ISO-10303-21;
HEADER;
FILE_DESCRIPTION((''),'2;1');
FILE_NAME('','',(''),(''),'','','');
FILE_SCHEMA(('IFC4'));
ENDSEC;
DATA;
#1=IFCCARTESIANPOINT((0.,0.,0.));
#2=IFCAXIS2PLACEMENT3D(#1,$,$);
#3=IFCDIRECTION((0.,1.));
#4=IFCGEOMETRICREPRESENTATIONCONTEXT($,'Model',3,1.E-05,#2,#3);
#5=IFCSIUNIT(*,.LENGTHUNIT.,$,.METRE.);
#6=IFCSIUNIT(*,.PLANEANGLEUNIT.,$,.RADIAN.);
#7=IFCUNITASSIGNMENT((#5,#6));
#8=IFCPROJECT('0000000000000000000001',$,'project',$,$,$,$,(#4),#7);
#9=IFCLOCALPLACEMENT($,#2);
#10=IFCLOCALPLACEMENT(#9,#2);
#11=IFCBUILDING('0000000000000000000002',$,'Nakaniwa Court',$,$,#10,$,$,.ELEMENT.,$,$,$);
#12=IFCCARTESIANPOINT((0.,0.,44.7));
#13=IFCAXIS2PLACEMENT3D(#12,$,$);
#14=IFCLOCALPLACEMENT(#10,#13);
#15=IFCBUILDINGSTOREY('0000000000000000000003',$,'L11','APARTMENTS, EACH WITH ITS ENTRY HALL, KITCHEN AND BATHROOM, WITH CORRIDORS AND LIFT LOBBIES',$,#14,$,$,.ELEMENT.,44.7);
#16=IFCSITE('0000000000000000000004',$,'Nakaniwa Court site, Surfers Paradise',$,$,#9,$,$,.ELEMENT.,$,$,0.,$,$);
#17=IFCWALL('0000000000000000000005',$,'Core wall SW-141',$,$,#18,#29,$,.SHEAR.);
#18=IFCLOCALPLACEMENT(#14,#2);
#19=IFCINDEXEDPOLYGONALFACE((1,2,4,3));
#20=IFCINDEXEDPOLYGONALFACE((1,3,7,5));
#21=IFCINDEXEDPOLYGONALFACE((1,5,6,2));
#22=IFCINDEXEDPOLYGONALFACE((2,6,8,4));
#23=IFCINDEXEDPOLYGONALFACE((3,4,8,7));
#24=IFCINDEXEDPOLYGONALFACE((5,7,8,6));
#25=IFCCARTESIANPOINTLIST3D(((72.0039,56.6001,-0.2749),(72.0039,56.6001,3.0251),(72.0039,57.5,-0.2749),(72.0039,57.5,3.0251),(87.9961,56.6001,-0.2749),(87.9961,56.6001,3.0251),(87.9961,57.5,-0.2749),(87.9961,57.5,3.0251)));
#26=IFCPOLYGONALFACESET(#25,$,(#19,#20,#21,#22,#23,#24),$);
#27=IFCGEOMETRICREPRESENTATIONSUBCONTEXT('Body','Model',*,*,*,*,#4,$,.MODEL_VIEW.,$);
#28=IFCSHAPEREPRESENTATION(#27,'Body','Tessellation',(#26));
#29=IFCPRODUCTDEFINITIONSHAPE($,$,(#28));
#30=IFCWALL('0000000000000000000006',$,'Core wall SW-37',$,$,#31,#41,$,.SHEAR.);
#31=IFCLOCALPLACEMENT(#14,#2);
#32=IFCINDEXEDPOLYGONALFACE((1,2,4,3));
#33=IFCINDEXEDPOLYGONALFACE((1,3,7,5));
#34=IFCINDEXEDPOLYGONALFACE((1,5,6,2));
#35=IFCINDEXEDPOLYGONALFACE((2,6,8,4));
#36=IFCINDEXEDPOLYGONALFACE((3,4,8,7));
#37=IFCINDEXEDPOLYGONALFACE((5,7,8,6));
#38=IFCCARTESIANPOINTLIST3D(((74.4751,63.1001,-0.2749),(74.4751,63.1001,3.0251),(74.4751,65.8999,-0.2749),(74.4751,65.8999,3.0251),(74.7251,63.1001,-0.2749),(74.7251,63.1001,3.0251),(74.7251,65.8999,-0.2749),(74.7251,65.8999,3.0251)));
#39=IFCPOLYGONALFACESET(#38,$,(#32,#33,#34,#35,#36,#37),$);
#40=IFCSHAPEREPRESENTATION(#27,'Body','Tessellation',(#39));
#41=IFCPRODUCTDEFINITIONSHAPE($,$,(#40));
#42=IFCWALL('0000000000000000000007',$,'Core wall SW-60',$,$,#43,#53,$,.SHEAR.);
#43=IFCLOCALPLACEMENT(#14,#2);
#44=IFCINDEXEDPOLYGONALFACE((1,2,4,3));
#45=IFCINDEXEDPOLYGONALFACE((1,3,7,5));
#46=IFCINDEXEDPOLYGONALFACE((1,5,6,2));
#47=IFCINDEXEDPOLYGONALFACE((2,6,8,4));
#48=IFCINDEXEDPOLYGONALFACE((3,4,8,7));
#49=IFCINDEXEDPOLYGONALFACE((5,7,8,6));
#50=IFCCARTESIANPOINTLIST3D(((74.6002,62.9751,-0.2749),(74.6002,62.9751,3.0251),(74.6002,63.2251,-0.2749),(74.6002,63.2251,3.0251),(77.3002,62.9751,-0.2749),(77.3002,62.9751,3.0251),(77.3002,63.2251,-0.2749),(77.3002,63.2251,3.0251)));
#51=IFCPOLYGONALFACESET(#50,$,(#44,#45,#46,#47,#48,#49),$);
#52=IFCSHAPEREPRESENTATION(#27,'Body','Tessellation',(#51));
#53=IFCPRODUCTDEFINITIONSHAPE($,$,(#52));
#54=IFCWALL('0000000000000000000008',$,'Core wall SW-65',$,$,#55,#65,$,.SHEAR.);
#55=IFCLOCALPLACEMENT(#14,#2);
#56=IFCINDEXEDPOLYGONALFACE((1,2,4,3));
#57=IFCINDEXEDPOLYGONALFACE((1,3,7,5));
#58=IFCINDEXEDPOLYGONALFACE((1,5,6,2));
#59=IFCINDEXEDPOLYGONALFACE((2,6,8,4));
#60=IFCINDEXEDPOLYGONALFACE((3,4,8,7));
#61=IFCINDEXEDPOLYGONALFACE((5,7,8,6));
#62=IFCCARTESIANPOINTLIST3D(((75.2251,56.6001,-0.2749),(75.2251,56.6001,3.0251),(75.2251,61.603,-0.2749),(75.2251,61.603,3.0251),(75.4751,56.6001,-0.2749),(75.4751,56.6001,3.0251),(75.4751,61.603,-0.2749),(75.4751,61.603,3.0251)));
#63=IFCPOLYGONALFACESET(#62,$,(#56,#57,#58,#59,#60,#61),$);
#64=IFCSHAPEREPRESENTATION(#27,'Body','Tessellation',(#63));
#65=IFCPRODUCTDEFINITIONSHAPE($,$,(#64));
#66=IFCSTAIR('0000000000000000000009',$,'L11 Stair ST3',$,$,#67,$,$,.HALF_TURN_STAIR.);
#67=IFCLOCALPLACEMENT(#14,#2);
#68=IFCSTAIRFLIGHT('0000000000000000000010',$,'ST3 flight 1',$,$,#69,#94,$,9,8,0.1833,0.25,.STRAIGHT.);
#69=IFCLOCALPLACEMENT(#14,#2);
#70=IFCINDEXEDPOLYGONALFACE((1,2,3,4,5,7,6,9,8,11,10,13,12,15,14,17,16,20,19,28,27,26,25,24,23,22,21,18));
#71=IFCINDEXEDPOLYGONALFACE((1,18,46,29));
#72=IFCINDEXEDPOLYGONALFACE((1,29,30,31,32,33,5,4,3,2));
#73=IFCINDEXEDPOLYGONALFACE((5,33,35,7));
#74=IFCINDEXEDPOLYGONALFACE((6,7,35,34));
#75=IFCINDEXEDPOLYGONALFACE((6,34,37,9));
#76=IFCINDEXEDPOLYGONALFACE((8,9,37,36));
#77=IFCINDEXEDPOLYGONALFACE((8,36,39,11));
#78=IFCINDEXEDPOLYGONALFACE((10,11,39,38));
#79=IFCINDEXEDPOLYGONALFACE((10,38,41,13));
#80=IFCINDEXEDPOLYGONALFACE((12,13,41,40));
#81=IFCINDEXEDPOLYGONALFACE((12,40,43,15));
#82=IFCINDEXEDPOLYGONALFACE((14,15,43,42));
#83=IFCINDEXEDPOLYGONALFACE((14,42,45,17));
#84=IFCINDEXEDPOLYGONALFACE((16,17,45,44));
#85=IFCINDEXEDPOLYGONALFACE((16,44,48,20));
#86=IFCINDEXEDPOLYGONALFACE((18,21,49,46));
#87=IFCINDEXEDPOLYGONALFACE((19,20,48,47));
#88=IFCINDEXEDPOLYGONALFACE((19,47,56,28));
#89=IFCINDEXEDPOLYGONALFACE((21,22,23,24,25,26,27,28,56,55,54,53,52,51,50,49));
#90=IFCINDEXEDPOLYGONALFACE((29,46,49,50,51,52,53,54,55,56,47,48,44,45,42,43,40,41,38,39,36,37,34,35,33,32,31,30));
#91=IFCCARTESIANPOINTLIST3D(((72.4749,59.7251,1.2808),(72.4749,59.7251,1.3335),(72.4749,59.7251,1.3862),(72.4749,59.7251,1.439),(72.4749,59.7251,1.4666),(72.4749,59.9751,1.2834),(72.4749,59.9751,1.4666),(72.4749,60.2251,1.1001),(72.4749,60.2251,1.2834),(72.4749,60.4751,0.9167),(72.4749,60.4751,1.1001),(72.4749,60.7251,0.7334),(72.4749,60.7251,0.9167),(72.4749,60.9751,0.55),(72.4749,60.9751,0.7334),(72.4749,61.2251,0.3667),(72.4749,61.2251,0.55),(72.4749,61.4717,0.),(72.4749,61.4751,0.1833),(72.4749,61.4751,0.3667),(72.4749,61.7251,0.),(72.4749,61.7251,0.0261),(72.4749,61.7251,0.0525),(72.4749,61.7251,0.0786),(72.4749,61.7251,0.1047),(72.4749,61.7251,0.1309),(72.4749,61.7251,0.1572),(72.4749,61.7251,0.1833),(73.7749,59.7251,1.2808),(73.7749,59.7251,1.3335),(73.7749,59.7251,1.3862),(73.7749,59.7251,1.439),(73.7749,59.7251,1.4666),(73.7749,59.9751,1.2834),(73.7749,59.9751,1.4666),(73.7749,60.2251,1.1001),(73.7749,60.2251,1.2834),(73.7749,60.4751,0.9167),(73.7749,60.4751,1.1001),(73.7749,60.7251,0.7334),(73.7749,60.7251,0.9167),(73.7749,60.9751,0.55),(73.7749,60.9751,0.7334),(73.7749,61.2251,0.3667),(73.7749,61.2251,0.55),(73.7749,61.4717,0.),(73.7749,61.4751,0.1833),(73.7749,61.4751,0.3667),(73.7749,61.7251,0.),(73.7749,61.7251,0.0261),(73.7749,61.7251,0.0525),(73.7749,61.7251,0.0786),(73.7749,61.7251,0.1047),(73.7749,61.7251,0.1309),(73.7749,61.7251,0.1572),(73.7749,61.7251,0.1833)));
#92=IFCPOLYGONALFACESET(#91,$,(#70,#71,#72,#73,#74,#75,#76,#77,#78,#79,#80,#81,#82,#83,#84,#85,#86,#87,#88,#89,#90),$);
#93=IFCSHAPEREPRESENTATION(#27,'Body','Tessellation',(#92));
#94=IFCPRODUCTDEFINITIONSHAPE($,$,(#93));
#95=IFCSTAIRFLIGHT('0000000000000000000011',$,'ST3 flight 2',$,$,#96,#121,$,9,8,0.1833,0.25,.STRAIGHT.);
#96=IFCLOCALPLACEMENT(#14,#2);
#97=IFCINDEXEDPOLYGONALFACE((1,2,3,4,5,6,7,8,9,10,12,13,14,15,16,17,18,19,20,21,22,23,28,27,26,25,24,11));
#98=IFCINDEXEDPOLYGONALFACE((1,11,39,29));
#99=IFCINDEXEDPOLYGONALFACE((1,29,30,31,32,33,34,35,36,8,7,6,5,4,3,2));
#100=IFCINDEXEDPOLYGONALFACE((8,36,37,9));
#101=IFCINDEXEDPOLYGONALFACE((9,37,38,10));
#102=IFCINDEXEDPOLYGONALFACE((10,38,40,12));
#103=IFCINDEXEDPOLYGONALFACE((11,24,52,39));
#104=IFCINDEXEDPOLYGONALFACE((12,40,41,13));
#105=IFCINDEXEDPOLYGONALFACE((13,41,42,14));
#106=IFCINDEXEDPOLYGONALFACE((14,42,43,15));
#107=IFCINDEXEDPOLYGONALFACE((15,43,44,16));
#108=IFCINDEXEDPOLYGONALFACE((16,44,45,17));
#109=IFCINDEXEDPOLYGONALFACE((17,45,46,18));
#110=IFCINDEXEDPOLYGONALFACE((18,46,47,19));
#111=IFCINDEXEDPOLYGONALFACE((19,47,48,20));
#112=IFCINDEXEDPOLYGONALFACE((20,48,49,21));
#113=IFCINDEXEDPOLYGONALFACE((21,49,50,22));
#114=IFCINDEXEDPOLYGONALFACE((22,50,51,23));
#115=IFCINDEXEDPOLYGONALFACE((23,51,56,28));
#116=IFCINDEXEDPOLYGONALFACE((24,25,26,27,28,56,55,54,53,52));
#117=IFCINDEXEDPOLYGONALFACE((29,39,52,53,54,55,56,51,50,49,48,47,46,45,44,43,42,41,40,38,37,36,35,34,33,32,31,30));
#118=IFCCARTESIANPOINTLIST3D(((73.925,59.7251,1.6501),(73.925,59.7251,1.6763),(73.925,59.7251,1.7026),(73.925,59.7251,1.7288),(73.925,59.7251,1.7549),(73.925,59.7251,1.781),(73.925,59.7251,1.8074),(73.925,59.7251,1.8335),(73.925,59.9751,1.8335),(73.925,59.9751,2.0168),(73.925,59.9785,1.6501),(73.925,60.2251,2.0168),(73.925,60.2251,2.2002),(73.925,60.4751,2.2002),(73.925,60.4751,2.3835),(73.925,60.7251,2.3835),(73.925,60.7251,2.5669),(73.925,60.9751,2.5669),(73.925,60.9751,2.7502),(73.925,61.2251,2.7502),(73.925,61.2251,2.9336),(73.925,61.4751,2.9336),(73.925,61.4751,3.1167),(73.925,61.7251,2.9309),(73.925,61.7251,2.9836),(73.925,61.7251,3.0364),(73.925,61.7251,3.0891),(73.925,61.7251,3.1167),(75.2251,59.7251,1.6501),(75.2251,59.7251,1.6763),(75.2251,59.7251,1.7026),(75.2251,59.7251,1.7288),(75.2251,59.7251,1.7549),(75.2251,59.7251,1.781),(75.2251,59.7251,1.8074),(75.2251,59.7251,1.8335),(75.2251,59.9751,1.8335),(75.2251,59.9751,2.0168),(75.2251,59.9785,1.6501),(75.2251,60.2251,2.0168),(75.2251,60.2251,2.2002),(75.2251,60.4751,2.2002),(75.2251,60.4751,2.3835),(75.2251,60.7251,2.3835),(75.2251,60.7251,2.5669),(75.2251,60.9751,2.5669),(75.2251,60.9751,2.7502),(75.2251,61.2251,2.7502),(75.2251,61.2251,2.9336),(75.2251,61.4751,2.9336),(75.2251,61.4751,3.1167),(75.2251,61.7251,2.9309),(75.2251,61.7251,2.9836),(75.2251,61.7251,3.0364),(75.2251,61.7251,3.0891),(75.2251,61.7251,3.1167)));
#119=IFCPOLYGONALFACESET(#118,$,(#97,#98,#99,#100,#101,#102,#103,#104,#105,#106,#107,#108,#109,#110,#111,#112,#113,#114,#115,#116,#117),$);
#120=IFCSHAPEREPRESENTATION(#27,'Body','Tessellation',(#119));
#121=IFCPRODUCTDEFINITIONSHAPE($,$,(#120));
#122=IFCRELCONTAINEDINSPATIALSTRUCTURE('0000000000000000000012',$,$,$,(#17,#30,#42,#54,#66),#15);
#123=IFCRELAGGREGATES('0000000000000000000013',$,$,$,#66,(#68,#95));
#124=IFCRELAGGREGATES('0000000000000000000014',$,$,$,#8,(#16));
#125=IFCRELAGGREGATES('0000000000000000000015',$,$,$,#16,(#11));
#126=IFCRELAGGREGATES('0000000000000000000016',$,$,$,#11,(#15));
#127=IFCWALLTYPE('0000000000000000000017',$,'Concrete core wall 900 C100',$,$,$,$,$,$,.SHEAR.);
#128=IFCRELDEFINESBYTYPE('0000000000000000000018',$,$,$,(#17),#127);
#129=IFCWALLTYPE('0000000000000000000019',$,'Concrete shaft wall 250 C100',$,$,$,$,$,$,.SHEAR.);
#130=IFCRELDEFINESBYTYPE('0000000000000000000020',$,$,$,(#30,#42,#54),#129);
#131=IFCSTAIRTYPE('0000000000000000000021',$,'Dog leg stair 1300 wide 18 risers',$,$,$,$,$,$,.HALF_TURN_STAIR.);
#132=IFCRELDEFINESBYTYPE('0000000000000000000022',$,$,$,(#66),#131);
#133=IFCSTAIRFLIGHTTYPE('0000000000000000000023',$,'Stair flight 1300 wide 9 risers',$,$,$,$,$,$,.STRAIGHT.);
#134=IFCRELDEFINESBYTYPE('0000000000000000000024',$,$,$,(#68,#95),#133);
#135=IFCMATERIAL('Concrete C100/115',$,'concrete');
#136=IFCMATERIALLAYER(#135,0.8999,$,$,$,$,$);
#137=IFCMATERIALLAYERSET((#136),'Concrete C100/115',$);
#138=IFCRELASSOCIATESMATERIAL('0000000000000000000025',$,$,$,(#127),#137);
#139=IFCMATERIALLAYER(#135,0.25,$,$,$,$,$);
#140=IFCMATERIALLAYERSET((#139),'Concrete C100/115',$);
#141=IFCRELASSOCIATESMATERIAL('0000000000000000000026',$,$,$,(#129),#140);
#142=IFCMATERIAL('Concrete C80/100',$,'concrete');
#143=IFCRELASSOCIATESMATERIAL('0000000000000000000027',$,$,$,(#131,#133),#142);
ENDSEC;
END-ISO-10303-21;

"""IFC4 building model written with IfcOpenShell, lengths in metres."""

from ifc_helpers import new_model, si_unit, direction, frame, frame_2d, origin, place, context, subcontext, project, spatial, polyline, rectangle, outline, extrude, material, layer, layer_set, type_object, element, aggregate, save


model = new_model("IFC4")

# Units and contexts
model_context = context("Model", 3, precision=1e-05, world=origin(), true_north=direction((0.0, 1.0)))
body_context = subcontext(model_context, "Body", "Model", "MODEL_VIEW")
ifc_project = project(units=[si_unit("LENGTHUNIT", "METRE"), si_unit("PLANEANGLEUNIT", "RADIAN")], contexts=[model_context])

# Site, building, storey
site_placement = place(None, origin())
site = spatial("IfcSite", under=ifc_project, at=site_placement, Name="Nakaniwa Court site, Surfers Paradise", CompositionType="ELEMENT", RefElevation=0.0)
building_placement = place(site_placement, origin())
building = spatial("IfcBuilding", under=site, at=building_placement, Name="Nakaniwa Court", CompositionType="ELEMENT")
storey_placement = place(building_placement, frame((0.0, 0.0, 44.7)))
storey = spatial("IfcBuildingStorey", under=building, at=storey_placement, Name="L11", Description="APARTMENTS, EACH WITH ITS ENTRY HALL, KITCHEN AND BATHROOM, WITH CORRIDORS AND LIFT LOBBIES", CompositionType="ELEMENT", Elevation=44.7)

# Shared definitions
ifc_material_1 = material(Name="Concrete C80/100", Category="concrete")

# Shared definitions
ifc_material_2 = material(Name="Concrete C100/115", Category="concrete")

# Walls
ifc_layer_1 = layer(ifc_material_2, 0.8999)
ifc_layer_set_1 = layer_set([ifc_layer_1], Name="Concrete C100/115")
wall_type_1 = type_object("IfcWallType", Name="Concrete core wall 900 C100", PredefinedType="SHEAR", material=ifc_layer_set_1)
wall_1_placement = place(storey_placement, frame((72.0039, 57.05, -0.2749), z_axis=(0.0, 0.0, 1.0), x_axis=(1.0, 0.0, 0.0)))
element("IfcWall", 1, at=wall_1_placement, inside=storey, type_object=wall_type_1, Name="Core wall SW-141", PredefinedType="SHEAR", context=body_context, shape_type="SweptSolid", body=[
    extrude(rectangle(XDim=15.9922, YDim=0.8999, at=frame_2d((7.9961, 0.0))), origin(), (0.0, 0.0, 1.0), 3.3),
])
ifc_layer_2 = layer(ifc_material_2, 0.25)
ifc_layer_set_2 = layer_set([ifc_layer_2], Name="Concrete C100/115")
wall_type_2 = type_object("IfcWallType", Name="Concrete shaft wall 250 C100", PredefinedType="SHEAR", material=ifc_layer_set_2)
wall_2_placement = place(storey_placement, frame((74.6001, 63.1001, -0.2749), z_axis=(0.0, 0.0, 1.0), x_axis=(0.0, 1.0, 0.0)))
element("IfcWall", 2, at=wall_2_placement, inside=storey, type_object=wall_type_2, Name="Core wall SW-37", PredefinedType="SHEAR", context=body_context, shape_type="SweptSolid", body=[
    extrude(rectangle(XDim=2.7998, YDim=0.25, at=frame_2d((1.3999, 0.0))), origin(), (0.0, 0.0, 1.0), 3.3),
])
wall_3_placement = place(storey_placement, frame((74.6001, 63.1001, -0.2749), z_axis=(0.0, 0.0, 1.0), x_axis=(1.0, 0.0, 0.0)))
element("IfcWall", 3, at=wall_3_placement, inside=storey, type_object=wall_type_2, Name="Core wall SW-60", PredefinedType="SHEAR", context=body_context, shape_type="SweptSolid", body=[
    extrude(rectangle(XDim=2.7, YDim=0.25, at=frame_2d((1.3501, 0.0))), origin(), (0.0, 0.0, 1.0), 3.3),
])
wall_4_placement = place(storey_placement, frame((75.3501, 56.6001, -0.2749), z_axis=(0.0, 0.0, 1.0), x_axis=(0.0, 1.0, 0.0)))
element("IfcWall", 4, at=wall_4_placement, inside=storey, type_object=wall_type_2, Name="Core wall SW-65", PredefinedType="SHEAR", context=body_context, shape_type="SweptSolid", body=[
    extrude(rectangle(XDim=5.0029, YDim=0.25, at=frame_2d((2.5015, 0.0))), origin(), (0.0, 0.0, 1.0), 3.3),
])

# Stair, stair flights
stair_type = type_object("IfcStairType", Name="Dog leg stair 1300 wide 18 risers", PredefinedType="HALF_TURN_STAIR", material=ifc_material_1)
stair_placement = place(storey_placement, origin())
stair = element("IfcStair", 5, at=stair_placement, inside=storey, type_object=stair_type, Name="L11 Stair ST3", PredefinedType="HALF_TURN_STAIR")
stair_flight_type = type_object("IfcStairFlightType", Name="Stair flight 1300 wide 9 risers", PredefinedType="STRAIGHT", material=ifc_material_1)
stair_flight_1_placement = place(storey_placement, frame((73.125, 61.7251, 0.0), z_axis=(0.0, 0.0, 1.0), x_axis=(0.0, -1.0, 0.0)))
stair_flight_1 = element("IfcStairFlight", 6, at=stair_flight_1_placement, type_object=stair_flight_type, Name="ST3 flight 1", NumberOfRisers=9, NumberOfTreads=8, PredefinedType="STRAIGHT", RiserHeight=0.1833, TreadLength=0.25, context=body_context, shape_type="SweptSolid", body=[
    extrude(outline(polyline([(0.0, 0.0), (0.0, 0.0261), (0.0, 0.0525), (0.0, 0.0786), (0.0, 0.1047), (0.0, 0.1309), (0.0, 0.1572), (0.0, 0.1833), (0.25, 0.1833), (0.25, 0.3667), (0.5, 0.3667), (0.5, 0.55), (0.75, 0.55), (0.75, 0.7334), (1.0, 0.7334), (1.0, 0.9167), (1.25, 0.9167), (1.25, 1.1001), (1.5, 1.1001), (1.5, 1.2834), (1.75, 1.2834), (1.75, 1.4666), (2.0, 1.4666), (2.0, 1.6499), (2.0, 1.5972), (2.0, 1.5444), (2.0, 1.4917), (2.0, 1.439), (2.0, 1.3862), (2.0, 1.3335), (2.0, 1.2808), (0.2534, 0.0), (0.0, 0.0)])), frame((0.0, 0.6499, 0.0), z_axis=(0.0, -1.0, 0.0), x_axis=(1.0, 0.0, 0.0)), (0.0, 0.0, 1.0), 1.3),
])
stair_flight_2_placement = place(storey_placement, frame((74.575, 59.7251, 1.6501), z_axis=(0.0, 0.0, 1.0), x_axis=(0.0, 1.0, 0.0)))
stair_flight_2 = element("IfcStairFlight", 7, at=stair_flight_2_placement, type_object=stair_flight_type, Name="ST3 flight 2", NumberOfRisers=9, NumberOfTreads=8, PredefinedType="STRAIGHT", RiserHeight=0.1833, TreadLength=0.25, context=body_context, shape_type="SweptSolid", body=[
    extrude(outline(polyline([(0.0, 0.0), (0.0, 0.0261), (0.0, 0.0525), (0.0, 0.0786), (0.0, 0.1047), (0.0, 0.1309), (0.0, 0.1572), (0.0, 0.1833), (0.25, 0.1833), (0.25, 0.3667), (0.5, 0.3667), (0.5, 0.55), (0.75, 0.55), (0.75, 0.7334), (1.0, 0.7334), (1.0, 0.9167), (1.25, 0.9167), (1.25, 1.1001), (1.5, 1.1001), (1.5, 1.2834), (1.75, 1.2834), (1.75, 1.4666), (2.0, 1.4666), (2.0, 1.6499), (2.0, 1.5972), (2.0, 1.5444), (2.0, 1.4917), (2.0, 1.439), (2.0, 1.3862), (2.0, 1.3335), (2.0, 1.2808), (0.2534, 0.0), (0.0, 0.0)])), frame((0.0, 0.6499, 0.0), z_axis=(0.0, -1.0, 0.0), x_axis=(1.0, 0.0, 0.0)), (0.0, 0.0, 1.0), 1.3),
])
aggregate(stair, [stair_flight_1, stair_flight_2])

save(model, "model.ifc")
